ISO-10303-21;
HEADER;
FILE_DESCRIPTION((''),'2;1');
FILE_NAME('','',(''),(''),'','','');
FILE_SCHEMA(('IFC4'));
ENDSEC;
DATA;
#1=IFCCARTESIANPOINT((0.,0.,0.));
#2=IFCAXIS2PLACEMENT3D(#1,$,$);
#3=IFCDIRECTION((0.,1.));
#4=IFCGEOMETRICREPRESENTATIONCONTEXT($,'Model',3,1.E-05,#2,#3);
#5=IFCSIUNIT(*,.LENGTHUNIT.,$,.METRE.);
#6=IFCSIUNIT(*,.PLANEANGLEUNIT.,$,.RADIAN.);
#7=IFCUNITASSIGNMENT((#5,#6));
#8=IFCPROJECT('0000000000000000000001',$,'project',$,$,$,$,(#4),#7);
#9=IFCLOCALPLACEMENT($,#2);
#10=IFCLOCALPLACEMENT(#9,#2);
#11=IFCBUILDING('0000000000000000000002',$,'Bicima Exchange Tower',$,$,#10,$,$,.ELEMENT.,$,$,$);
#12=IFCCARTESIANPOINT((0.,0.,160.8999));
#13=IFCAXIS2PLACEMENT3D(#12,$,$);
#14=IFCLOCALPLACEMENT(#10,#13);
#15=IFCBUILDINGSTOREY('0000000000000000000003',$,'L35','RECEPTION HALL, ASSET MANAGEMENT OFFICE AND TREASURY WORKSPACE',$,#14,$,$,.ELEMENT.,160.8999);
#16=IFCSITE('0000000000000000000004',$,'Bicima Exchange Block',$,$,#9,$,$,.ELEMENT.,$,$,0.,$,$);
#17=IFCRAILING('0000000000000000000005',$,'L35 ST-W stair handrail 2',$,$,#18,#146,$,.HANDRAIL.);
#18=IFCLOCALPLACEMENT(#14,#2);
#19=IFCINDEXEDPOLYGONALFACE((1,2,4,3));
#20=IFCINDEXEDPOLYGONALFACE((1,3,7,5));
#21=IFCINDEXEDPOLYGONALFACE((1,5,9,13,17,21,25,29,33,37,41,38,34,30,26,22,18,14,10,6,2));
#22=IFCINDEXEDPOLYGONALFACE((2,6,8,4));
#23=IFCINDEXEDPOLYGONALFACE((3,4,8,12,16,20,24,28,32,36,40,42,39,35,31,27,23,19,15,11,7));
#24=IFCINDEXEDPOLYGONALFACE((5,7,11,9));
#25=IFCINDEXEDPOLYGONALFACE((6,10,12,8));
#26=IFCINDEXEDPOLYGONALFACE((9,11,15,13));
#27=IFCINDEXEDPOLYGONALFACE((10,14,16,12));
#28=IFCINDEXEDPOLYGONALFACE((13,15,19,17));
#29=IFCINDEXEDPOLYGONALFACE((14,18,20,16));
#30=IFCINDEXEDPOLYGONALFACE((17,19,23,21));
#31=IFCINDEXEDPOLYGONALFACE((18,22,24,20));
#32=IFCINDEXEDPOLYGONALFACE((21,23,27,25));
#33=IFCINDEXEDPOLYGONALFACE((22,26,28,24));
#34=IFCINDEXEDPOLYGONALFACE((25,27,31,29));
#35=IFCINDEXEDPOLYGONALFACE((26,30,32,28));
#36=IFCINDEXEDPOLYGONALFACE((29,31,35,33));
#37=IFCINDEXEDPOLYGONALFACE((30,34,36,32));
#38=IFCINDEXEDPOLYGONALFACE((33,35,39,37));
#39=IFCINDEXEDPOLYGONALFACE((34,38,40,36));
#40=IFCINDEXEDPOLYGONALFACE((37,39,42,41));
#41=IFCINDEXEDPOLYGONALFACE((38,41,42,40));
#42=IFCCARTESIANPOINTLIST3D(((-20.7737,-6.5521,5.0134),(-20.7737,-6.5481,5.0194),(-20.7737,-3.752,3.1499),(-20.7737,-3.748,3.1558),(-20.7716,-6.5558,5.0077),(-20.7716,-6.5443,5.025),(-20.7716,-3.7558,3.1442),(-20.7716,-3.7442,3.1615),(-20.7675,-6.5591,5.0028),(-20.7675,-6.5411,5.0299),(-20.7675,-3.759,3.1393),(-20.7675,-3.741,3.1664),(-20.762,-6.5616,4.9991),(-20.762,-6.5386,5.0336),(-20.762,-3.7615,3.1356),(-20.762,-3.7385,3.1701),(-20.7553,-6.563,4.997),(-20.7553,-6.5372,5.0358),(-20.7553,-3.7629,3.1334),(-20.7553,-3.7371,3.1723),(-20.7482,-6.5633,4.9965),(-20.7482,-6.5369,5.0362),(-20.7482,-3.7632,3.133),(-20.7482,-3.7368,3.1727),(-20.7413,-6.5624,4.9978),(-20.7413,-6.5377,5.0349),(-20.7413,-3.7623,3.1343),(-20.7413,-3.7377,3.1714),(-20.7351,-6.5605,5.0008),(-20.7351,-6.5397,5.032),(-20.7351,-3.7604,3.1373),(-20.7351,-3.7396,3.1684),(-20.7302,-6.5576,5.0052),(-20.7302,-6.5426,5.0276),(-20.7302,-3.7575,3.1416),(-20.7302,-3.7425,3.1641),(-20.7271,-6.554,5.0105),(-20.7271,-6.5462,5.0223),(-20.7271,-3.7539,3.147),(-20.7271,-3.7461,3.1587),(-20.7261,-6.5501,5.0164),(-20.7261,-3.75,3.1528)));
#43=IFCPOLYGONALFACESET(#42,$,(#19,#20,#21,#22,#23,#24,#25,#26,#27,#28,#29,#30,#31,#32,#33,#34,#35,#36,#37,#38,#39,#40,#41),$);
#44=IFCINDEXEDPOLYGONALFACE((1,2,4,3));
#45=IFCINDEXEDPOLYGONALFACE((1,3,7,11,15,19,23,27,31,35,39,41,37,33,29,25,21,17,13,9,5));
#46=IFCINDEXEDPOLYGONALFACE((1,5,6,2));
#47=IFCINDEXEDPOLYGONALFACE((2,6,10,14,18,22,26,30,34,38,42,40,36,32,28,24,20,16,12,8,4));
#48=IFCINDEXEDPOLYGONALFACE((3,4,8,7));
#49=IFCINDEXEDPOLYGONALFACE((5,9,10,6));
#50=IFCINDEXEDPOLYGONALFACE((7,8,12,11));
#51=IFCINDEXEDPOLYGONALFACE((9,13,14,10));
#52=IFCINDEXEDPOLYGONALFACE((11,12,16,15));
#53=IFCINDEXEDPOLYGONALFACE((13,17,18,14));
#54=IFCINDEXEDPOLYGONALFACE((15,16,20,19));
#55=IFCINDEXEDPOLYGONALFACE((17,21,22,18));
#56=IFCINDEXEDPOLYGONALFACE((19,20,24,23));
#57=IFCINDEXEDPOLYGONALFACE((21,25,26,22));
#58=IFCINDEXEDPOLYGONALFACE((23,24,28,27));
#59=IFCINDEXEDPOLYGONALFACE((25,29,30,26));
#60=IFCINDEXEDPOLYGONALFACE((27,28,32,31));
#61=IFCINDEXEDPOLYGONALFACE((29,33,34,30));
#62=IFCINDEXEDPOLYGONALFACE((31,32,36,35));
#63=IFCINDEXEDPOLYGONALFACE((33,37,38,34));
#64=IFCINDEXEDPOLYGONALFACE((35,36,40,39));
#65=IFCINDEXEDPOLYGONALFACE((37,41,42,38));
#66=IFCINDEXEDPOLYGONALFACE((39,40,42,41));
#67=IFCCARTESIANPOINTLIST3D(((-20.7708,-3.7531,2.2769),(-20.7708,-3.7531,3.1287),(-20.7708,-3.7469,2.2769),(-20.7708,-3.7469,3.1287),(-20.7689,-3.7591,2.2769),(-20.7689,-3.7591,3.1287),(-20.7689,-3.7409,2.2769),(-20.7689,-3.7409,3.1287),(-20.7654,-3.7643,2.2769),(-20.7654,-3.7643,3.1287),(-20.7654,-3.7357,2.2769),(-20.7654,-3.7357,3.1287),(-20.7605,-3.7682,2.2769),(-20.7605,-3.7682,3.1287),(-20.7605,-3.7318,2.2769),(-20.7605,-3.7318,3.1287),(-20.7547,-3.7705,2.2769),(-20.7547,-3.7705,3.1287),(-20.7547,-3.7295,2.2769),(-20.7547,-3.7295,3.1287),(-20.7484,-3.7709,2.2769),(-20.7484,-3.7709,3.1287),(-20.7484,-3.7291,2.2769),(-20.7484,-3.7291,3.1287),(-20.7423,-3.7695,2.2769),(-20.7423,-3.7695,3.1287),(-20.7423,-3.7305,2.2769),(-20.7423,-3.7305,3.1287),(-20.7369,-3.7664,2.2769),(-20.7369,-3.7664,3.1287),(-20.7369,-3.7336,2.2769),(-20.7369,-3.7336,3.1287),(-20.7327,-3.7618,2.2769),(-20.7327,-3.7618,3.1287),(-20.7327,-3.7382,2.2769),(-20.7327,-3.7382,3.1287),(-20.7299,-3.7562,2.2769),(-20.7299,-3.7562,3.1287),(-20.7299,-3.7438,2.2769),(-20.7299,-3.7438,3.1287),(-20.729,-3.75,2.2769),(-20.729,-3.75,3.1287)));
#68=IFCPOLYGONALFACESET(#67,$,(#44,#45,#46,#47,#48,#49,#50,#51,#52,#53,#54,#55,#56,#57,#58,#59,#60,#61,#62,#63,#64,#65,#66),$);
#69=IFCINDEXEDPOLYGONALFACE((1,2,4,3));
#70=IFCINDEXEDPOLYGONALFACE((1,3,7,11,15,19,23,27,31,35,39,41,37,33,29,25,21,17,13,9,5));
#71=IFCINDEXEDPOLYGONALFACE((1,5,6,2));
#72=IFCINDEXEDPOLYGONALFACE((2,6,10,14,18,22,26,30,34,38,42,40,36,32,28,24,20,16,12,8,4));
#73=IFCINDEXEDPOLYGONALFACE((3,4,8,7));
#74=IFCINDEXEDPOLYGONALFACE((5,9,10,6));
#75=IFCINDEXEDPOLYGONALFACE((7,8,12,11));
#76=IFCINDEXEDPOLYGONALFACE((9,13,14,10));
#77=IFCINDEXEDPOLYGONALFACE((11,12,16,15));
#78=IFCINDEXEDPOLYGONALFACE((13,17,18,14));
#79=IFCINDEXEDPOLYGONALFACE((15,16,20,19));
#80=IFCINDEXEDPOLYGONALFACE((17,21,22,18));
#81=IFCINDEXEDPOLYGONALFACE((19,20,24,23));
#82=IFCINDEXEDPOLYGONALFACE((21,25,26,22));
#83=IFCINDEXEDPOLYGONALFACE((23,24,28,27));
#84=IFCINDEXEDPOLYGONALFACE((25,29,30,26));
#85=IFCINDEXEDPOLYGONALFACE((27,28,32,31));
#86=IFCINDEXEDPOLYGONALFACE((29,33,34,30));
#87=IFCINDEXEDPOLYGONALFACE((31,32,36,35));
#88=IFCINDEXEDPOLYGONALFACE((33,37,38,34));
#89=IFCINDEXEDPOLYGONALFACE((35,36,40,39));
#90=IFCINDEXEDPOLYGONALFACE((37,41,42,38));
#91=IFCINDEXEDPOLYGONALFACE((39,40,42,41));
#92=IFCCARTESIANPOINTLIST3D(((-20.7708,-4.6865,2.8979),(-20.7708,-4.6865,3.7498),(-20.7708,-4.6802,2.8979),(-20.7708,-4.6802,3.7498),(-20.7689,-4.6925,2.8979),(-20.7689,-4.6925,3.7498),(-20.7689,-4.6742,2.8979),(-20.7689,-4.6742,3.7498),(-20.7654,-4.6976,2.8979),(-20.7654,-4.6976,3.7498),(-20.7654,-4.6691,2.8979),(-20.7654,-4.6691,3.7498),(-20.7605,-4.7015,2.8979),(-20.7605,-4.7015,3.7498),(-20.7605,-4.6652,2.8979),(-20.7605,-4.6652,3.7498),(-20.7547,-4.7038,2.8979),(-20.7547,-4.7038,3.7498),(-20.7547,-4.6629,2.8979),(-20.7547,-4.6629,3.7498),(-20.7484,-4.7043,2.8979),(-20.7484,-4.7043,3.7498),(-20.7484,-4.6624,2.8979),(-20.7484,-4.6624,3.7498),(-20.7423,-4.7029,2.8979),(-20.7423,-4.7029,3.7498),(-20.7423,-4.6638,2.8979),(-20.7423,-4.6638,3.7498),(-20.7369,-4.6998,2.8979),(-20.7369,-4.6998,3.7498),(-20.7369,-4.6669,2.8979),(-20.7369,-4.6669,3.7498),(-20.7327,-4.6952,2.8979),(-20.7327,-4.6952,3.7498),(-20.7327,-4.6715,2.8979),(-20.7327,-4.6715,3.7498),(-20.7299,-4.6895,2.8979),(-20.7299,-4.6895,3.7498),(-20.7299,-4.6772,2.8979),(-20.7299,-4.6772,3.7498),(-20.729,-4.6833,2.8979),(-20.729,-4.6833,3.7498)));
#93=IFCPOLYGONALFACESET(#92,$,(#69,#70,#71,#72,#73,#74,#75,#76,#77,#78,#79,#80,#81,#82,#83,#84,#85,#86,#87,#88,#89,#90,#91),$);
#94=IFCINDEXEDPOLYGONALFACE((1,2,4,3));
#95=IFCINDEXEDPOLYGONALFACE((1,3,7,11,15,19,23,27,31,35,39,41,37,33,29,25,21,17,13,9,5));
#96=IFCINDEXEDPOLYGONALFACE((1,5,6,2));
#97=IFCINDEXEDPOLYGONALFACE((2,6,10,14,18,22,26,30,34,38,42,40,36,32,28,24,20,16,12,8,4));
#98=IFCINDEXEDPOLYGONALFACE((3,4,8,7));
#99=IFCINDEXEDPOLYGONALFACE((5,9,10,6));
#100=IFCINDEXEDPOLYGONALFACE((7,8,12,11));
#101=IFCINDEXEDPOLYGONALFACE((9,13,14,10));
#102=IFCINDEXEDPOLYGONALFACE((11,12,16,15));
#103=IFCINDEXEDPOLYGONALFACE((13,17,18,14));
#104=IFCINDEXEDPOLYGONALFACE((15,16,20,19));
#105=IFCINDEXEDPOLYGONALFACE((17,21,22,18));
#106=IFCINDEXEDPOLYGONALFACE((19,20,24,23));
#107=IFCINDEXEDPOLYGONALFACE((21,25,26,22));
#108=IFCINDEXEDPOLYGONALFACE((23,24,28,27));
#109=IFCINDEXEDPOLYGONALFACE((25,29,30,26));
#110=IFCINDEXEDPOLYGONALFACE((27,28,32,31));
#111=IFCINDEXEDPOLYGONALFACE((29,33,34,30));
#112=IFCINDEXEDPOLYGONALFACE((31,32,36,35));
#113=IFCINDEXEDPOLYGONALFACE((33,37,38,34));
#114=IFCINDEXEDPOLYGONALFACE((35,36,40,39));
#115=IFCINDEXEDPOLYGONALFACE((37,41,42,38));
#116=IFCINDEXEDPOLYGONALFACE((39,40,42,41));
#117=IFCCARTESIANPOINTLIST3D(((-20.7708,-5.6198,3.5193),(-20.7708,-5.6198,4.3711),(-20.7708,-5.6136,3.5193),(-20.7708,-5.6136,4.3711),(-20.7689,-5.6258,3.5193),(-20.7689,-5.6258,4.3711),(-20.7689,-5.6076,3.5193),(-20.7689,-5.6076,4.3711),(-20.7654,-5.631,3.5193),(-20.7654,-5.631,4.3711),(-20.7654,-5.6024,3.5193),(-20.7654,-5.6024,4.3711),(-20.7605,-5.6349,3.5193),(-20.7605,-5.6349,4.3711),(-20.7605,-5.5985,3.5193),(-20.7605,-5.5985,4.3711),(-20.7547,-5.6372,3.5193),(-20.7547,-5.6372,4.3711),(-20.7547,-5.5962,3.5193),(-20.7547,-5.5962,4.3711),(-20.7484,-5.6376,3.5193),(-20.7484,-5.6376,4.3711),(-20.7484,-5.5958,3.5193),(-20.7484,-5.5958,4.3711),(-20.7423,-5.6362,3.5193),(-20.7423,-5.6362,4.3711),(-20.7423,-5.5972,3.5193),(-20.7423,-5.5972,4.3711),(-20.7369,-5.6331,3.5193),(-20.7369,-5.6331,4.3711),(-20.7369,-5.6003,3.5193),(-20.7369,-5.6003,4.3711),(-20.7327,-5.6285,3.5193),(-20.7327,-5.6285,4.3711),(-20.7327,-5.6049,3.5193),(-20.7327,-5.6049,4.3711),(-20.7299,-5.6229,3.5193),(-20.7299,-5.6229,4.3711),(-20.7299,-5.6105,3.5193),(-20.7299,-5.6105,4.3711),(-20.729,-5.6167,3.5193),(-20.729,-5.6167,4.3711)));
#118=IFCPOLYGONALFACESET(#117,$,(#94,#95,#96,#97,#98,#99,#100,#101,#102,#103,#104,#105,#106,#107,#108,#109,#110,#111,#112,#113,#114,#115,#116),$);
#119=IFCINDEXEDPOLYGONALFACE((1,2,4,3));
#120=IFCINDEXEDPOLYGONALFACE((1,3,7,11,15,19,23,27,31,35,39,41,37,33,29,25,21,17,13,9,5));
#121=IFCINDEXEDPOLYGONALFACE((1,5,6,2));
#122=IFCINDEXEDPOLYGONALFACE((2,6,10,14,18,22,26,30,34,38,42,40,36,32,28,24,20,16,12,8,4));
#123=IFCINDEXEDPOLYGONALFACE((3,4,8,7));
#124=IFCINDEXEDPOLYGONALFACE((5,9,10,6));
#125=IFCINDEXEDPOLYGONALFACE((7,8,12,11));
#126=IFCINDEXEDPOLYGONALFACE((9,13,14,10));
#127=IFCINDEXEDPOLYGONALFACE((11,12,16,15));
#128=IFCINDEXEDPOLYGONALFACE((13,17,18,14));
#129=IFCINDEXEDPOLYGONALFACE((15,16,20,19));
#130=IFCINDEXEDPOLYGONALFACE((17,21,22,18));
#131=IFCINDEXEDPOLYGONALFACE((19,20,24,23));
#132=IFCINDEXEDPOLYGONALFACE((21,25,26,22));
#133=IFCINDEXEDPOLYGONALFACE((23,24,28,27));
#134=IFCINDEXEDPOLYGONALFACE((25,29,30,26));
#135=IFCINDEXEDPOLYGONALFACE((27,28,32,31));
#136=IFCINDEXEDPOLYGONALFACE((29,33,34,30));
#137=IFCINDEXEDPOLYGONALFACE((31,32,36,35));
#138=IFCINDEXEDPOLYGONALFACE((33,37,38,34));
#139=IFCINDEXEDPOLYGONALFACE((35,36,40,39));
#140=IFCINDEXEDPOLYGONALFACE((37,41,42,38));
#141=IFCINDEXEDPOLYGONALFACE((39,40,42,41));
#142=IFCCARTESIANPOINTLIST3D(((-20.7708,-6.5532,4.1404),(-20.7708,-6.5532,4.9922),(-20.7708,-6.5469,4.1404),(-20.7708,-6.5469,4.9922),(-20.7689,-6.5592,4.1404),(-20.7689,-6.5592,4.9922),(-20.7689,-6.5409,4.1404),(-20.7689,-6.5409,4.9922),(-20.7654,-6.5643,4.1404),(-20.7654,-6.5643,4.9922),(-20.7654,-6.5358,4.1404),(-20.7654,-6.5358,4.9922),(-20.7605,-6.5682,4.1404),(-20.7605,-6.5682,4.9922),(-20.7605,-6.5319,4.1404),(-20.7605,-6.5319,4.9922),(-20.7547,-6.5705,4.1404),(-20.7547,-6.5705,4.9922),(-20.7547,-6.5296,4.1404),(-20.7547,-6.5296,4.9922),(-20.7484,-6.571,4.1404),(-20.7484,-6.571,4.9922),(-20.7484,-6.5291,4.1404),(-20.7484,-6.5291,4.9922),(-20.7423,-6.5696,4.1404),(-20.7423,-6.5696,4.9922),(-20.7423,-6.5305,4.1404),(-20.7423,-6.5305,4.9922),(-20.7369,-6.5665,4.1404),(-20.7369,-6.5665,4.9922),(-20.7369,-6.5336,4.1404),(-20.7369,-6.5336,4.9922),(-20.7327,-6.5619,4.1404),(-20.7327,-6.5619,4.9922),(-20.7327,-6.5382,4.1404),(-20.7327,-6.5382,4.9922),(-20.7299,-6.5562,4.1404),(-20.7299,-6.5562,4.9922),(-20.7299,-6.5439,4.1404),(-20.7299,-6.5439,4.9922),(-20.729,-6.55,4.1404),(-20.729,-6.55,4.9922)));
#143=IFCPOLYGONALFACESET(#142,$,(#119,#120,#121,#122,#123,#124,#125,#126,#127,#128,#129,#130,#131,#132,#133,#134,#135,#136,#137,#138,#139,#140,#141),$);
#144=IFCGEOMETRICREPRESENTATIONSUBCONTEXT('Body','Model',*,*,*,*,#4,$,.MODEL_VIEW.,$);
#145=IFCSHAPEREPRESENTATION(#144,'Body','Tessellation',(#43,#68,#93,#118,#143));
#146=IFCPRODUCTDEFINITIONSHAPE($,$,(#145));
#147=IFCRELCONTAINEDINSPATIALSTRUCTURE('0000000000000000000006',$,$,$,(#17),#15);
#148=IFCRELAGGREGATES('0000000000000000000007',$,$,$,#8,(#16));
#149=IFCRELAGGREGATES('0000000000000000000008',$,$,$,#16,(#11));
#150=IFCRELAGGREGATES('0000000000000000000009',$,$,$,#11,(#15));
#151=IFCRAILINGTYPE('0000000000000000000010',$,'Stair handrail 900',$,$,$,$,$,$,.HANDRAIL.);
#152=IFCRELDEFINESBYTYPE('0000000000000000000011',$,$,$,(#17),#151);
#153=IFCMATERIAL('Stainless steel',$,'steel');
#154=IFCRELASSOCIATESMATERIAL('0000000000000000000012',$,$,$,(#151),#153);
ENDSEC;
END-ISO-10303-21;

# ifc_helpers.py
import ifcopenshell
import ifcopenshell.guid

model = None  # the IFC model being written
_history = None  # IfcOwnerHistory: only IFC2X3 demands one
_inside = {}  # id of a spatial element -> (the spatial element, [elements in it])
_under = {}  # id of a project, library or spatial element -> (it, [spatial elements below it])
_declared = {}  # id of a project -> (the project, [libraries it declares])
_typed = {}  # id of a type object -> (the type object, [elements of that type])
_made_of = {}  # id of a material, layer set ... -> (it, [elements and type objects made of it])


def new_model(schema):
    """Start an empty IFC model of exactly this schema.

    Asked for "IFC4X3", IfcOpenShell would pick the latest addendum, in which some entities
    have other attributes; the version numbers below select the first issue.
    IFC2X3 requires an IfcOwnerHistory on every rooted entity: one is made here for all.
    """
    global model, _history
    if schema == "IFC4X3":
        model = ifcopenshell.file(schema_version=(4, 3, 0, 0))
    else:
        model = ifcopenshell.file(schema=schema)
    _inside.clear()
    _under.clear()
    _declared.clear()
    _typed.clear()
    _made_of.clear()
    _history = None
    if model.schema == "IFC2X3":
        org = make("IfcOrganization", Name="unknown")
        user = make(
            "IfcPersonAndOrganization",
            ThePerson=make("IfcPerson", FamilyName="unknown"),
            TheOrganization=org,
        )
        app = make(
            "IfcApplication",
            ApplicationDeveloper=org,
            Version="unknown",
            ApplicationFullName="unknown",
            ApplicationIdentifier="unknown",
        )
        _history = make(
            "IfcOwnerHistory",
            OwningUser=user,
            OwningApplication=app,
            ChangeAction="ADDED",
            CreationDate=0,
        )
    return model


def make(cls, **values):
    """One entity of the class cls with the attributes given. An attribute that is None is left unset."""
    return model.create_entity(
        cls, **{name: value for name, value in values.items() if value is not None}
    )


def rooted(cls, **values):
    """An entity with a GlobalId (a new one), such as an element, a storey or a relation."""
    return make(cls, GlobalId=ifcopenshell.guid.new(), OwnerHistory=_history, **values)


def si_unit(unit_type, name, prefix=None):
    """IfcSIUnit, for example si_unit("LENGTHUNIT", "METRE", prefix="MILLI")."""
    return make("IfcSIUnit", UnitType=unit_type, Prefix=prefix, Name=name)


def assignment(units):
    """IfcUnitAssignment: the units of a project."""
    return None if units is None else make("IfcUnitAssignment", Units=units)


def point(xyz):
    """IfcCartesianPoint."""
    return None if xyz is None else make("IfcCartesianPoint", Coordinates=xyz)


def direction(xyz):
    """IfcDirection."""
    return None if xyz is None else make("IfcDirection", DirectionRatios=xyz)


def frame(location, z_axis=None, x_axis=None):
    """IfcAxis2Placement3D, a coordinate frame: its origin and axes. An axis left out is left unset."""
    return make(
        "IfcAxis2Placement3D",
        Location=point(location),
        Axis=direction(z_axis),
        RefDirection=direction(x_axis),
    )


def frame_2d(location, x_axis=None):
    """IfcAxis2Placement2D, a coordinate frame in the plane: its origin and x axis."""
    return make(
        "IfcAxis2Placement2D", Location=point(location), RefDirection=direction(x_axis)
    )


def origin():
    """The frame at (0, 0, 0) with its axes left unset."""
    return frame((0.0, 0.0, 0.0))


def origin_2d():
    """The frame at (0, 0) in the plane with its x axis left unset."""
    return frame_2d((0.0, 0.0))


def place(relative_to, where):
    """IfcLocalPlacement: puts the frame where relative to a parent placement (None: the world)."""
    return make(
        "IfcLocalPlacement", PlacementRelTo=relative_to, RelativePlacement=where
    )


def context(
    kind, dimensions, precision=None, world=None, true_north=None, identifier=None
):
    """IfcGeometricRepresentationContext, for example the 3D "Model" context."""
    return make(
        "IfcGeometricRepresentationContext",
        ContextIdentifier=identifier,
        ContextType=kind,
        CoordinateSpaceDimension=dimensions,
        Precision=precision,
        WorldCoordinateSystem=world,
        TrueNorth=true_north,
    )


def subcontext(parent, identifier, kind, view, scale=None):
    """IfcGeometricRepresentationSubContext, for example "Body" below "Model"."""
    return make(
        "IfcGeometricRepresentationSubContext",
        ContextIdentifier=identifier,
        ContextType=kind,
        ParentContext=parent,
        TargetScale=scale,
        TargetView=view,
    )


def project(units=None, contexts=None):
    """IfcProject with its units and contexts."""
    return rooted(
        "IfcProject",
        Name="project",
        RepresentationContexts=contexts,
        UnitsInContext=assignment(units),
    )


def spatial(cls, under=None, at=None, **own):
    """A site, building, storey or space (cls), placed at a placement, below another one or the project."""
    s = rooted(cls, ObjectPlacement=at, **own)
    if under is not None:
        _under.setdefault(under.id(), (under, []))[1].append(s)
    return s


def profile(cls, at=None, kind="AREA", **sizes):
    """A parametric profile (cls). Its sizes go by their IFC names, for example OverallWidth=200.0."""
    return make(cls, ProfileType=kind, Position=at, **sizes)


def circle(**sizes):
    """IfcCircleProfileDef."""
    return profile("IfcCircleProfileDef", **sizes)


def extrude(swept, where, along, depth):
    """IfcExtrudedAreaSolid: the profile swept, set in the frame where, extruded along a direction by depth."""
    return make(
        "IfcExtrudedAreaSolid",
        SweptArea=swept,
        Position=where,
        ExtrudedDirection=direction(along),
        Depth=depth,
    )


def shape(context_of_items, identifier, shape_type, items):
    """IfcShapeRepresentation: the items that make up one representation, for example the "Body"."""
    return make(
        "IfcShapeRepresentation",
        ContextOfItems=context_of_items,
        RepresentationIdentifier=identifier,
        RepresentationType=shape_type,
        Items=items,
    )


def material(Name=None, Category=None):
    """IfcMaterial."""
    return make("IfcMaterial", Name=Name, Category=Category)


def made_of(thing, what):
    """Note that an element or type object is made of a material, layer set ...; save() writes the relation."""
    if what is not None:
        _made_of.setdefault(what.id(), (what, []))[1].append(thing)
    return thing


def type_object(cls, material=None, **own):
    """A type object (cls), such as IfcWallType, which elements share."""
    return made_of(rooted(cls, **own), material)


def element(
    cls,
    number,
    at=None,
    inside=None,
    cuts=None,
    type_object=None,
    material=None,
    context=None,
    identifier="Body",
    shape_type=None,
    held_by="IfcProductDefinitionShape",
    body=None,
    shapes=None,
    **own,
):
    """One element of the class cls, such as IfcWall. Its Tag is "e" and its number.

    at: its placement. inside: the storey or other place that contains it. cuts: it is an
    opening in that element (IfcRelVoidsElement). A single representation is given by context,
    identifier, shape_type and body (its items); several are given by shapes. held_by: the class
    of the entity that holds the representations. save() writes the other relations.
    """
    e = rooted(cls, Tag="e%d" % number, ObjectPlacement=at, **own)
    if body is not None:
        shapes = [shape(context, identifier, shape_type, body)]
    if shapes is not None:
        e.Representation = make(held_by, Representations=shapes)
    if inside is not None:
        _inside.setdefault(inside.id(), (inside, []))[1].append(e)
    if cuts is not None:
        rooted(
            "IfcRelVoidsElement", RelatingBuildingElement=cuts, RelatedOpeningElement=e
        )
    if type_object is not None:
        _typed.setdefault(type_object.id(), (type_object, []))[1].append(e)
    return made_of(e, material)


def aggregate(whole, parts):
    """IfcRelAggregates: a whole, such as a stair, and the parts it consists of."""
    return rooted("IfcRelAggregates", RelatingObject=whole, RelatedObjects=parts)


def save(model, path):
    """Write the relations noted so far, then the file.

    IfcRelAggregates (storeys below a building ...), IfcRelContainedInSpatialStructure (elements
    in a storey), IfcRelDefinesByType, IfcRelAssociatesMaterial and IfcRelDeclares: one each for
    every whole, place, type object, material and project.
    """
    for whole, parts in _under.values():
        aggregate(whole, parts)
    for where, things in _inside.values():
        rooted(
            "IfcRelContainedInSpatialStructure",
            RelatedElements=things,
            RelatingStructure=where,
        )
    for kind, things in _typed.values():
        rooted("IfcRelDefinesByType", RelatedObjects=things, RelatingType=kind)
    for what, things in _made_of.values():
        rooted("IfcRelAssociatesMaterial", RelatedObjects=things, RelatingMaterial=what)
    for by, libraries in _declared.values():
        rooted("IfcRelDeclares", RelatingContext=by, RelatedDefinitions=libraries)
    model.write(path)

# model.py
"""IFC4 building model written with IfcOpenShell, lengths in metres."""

from ifc_helpers import new_model, si_unit, direction, frame, origin, origin_2d, place, context, subcontext, project, spatial, circle, extrude, material, type_object, element, save


model = new_model("IFC4")

# Units and contexts
model_context = context("Model", 3, precision=1e-05, world=origin(), true_north=direction((0.0, 1.0)))
body_context = subcontext(model_context, "Body", "Model", "MODEL_VIEW")
ifc_project = project(units=[si_unit("LENGTHUNIT", "METRE"), si_unit("PLANEANGLEUNIT", "RADIAN")], contexts=[model_context])

# Site, building, storey
site_placement = place(None, origin())
site = spatial("IfcSite", under=ifc_project, at=site_placement, Name="Bicima Exchange Block", CompositionType="ELEMENT", RefElevation=0.0)
building_placement = place(site_placement, origin())
building = spatial("IfcBuilding", under=site, at=building_placement, Name="Bicima Exchange Tower", CompositionType="ELEMENT")
storey_placement = place(building_placement, frame((0.0, 0.0, 160.8999)))
storey = spatial("IfcBuildingStorey", under=building, at=storey_placement, Name="L35", Description="RECEPTION HALL, ASSET MANAGEMENT OFFICE AND TREASURY WORKSPACE", CompositionType="ELEMENT", Elevation=160.8999)

# Railing
ifc_material_1 = material(Name="Stainless steel", Category="steel")
railing_type = type_object("IfcRailingType", Name="Stair handrail 900", PredefinedType="HANDRAIL", material=ifc_material_1)
railing_placement = place(storey_placement, frame((-20.75, -3.75, 2.2769)))
element("IfcRailing", 1, at=railing_placement, inside=storey, type_object=railing_type, Name="L35 ST-W stair handrail 2", PredefinedType="HANDRAIL", context=body_context, shape_type="SweptSolid", body=[
    extrude(circle(Radius=0.0239, at=origin_2d()), frame((0.0, 0.0, 0.876), z_axis=(0.0, -0.832486, 0.554047), x_axis=(1.0, 0.0, 0.0)), (0.0, 0.0, 1.0), 3.3635),
    extrude(circle(Radius=0.021, at=origin_2d()), origin(), (0.0, 0.0, 1.0), 0.8518),
    extrude(circle(Radius=0.021, at=origin_2d()), frame((0.0, -0.9333, 0.6211)), (0.0, 0.0, 1.0), 0.8518),
    extrude(circle(Radius=0.021, at=origin_2d()), frame((0.0, -1.8667, 1.2424)), (0.0, 0.0, 1.0), 0.8518),
    extrude(circle(Radius=0.021, at=origin_2d()), frame((0.0, -2.8, 1.8635)), (0.0, 0.0, 1.0), 0.8518),
])

save(model, "model.ifc")
